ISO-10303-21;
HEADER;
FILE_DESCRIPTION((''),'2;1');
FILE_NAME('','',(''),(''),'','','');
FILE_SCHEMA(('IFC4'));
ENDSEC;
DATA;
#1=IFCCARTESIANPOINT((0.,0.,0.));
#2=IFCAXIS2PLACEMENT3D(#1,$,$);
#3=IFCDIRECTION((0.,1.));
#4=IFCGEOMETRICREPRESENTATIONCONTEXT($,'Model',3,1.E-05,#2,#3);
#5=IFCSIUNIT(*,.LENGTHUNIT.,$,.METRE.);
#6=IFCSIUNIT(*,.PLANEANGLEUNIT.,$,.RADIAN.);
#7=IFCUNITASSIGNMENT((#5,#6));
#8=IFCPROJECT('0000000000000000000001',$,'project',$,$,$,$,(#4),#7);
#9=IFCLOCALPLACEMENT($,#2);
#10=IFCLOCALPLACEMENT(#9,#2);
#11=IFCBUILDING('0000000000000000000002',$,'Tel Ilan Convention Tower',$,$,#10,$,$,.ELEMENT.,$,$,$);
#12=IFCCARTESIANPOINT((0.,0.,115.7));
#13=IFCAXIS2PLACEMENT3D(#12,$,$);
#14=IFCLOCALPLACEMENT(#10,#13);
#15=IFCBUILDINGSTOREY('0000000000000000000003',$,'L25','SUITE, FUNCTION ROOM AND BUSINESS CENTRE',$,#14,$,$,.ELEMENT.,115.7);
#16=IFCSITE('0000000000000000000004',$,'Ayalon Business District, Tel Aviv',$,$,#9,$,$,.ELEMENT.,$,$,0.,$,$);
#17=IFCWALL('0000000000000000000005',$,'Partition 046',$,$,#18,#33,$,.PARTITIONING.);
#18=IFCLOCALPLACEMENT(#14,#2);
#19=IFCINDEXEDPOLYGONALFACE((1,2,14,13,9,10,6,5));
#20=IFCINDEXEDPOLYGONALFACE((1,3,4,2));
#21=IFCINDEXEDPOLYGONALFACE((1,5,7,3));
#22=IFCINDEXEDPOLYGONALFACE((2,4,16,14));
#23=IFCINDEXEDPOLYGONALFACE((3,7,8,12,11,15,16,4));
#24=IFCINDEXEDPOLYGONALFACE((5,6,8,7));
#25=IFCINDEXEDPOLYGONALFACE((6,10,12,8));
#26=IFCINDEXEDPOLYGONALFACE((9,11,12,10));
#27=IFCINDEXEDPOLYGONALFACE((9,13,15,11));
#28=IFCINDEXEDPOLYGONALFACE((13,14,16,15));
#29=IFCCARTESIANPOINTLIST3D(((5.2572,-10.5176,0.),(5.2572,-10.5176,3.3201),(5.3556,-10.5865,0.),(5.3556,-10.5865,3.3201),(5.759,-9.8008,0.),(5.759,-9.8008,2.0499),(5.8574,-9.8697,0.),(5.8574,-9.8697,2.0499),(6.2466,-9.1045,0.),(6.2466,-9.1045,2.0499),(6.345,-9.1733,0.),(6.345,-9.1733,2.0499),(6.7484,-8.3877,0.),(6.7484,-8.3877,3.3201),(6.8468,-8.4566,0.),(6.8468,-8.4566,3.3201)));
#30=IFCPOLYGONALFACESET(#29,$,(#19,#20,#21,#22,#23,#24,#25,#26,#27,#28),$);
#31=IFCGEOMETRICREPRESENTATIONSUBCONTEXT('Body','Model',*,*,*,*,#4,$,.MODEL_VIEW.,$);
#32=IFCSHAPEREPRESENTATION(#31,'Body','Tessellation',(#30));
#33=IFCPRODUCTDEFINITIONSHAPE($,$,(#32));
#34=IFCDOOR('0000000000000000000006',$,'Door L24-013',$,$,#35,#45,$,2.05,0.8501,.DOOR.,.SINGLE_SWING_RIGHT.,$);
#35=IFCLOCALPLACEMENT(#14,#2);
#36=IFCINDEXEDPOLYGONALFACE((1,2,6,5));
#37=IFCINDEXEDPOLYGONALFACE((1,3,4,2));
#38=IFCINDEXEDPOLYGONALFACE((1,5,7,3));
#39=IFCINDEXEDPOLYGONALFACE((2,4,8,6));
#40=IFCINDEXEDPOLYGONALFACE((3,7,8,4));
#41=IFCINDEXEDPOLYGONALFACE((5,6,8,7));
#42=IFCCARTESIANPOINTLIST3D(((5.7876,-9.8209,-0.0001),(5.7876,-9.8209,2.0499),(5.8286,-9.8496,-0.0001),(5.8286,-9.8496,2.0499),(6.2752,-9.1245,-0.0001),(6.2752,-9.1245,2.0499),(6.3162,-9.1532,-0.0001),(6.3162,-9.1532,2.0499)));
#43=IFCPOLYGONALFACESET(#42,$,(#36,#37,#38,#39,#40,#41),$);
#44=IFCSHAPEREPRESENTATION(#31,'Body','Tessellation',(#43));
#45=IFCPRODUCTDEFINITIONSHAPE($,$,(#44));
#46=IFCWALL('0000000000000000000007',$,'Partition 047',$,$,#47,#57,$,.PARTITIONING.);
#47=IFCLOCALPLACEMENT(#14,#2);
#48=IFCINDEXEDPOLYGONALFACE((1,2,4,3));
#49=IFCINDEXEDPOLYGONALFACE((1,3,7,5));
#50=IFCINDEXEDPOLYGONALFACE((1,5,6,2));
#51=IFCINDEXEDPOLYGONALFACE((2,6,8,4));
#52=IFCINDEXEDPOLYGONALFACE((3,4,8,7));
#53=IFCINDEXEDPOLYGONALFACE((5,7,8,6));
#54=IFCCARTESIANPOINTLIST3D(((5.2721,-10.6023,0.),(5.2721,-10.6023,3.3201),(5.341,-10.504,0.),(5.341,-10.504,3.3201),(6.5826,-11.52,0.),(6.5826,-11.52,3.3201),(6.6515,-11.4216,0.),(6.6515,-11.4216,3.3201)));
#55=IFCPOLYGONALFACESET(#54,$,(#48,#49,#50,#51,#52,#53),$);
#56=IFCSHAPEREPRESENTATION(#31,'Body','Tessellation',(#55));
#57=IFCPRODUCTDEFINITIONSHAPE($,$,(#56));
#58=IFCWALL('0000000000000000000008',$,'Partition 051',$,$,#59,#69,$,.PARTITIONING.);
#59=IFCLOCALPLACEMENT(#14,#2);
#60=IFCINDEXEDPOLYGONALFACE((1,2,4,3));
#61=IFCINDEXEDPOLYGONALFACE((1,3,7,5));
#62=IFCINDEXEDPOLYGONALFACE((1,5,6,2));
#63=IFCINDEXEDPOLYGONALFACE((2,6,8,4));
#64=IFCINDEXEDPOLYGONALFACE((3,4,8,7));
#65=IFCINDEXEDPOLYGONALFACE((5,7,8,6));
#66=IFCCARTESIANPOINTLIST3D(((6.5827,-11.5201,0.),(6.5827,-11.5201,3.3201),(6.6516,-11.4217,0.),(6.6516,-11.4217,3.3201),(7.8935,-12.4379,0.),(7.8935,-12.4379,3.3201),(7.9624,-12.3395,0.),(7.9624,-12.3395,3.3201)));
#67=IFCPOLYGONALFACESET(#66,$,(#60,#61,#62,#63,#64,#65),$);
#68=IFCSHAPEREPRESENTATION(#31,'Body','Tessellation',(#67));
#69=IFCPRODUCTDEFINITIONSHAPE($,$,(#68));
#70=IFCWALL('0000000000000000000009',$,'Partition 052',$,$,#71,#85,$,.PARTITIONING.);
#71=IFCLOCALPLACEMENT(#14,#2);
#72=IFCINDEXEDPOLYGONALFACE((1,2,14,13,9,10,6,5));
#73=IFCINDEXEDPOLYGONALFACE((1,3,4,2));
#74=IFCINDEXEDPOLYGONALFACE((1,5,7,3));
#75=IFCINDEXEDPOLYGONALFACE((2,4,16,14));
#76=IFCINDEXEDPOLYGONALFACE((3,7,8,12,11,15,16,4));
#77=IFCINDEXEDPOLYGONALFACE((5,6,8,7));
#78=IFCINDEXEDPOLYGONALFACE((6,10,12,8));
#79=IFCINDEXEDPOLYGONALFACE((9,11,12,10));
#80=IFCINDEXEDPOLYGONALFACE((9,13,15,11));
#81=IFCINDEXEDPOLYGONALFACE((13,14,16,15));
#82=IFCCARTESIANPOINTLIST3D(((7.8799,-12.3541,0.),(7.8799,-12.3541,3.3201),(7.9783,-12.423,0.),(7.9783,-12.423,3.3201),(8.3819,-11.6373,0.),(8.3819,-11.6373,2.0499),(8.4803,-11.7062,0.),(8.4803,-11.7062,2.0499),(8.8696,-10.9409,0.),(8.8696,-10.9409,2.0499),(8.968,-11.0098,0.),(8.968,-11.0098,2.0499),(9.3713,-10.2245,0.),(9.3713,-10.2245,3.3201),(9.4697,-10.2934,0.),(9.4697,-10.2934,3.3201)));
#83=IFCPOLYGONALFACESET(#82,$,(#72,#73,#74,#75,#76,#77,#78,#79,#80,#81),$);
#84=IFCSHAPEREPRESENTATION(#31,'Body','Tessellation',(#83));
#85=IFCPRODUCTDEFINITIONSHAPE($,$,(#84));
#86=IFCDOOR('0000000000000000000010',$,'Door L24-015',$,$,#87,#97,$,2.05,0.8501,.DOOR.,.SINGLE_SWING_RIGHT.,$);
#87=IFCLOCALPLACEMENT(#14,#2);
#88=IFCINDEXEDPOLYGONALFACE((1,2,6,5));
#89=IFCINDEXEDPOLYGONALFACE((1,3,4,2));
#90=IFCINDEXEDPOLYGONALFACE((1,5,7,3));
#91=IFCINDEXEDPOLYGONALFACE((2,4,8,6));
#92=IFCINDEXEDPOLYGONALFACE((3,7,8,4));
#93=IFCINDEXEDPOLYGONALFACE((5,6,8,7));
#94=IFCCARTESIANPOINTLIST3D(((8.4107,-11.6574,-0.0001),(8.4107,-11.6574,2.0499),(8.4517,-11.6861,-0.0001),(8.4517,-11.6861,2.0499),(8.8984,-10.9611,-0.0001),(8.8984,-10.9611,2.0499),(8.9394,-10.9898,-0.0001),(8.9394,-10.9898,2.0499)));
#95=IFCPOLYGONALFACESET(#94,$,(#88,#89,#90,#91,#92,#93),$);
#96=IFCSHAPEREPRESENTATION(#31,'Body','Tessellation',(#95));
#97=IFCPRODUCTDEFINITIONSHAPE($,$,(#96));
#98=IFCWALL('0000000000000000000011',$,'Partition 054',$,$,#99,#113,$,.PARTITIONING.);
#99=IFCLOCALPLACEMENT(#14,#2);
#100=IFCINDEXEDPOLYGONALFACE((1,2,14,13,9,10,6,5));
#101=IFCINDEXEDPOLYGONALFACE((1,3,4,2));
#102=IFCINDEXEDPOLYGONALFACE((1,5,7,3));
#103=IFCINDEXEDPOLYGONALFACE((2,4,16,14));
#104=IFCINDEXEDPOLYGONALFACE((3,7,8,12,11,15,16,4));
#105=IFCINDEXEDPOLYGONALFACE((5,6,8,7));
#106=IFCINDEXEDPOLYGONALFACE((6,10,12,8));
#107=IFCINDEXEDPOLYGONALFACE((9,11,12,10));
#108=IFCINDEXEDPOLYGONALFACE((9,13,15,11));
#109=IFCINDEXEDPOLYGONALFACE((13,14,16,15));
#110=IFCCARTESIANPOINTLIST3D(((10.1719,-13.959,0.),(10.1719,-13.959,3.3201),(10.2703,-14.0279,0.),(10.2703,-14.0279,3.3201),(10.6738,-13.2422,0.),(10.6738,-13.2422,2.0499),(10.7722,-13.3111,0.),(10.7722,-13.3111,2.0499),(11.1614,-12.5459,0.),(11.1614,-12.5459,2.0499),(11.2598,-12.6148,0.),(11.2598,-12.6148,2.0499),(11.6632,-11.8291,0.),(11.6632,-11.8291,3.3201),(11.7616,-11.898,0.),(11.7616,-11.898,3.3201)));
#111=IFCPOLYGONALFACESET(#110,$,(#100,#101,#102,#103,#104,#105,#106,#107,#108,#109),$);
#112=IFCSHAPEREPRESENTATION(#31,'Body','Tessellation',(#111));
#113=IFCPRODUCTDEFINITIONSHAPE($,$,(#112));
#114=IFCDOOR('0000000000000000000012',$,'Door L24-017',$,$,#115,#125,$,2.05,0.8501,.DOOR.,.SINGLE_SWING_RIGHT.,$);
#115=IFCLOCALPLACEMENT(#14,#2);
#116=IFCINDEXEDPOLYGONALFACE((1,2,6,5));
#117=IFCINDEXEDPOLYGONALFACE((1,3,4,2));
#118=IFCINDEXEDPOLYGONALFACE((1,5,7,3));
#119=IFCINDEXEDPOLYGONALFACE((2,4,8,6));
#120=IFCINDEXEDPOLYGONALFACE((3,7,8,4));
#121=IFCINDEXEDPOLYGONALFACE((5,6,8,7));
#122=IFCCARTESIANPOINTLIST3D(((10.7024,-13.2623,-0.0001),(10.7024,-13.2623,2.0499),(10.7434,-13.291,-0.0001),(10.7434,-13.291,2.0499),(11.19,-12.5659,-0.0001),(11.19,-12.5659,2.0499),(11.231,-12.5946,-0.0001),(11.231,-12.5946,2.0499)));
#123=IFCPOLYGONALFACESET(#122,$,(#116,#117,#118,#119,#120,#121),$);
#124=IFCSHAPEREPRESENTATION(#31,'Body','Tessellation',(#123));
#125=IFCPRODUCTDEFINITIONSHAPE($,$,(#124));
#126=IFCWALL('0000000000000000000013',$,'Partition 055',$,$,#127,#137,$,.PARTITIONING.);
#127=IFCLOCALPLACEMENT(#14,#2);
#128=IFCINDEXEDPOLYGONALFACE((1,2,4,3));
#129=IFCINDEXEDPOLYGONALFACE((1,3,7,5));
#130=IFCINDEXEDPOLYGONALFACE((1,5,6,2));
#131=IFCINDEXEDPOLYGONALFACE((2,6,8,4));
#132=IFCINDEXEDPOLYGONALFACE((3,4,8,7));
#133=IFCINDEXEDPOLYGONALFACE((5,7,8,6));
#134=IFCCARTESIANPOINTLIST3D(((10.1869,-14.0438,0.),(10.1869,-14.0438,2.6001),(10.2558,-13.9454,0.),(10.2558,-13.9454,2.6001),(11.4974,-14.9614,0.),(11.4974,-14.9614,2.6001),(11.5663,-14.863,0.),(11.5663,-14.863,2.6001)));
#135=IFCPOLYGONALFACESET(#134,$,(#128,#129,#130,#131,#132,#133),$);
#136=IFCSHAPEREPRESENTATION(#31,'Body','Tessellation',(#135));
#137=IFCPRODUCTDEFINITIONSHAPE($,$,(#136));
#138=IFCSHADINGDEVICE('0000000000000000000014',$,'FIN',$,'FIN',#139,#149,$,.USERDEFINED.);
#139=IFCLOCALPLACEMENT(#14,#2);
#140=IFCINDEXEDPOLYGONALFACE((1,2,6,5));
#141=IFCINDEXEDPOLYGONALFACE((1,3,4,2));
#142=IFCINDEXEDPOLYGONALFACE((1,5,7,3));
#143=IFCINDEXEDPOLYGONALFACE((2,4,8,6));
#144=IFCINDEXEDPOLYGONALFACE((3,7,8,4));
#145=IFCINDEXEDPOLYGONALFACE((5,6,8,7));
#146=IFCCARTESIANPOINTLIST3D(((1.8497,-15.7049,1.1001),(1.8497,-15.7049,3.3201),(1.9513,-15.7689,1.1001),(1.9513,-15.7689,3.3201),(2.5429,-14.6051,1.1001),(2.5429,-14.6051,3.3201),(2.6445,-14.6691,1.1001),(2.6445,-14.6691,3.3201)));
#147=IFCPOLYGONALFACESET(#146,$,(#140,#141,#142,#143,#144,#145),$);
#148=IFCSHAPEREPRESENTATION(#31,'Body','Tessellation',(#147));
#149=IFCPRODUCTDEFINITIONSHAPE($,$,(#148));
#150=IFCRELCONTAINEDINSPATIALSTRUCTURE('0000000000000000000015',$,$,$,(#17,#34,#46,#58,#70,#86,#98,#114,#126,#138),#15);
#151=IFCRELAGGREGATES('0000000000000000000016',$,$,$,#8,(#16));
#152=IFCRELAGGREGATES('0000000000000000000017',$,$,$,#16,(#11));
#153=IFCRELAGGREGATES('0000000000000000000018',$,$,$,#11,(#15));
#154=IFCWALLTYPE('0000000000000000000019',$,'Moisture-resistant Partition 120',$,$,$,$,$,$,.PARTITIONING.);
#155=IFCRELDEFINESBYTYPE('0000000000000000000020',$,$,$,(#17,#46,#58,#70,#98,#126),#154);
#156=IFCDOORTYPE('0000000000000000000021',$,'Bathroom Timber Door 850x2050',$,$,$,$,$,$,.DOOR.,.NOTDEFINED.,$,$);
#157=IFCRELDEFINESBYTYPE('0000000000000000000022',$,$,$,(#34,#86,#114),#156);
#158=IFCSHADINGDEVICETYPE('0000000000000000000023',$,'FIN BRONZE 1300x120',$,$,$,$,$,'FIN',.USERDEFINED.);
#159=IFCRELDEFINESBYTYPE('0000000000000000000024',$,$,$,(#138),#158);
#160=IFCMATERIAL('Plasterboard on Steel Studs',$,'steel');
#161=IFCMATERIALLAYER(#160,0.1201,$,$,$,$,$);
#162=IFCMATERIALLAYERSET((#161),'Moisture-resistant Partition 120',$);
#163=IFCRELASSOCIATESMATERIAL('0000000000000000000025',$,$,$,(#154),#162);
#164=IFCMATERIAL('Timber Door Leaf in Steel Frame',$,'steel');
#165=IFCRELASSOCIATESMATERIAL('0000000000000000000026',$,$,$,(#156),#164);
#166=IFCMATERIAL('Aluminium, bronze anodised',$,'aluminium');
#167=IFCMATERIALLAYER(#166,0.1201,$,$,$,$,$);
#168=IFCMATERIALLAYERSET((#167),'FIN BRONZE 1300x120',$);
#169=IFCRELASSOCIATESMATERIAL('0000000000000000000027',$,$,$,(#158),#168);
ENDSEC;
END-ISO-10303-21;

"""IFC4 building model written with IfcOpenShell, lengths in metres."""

from ifc_helpers import new_model, si_unit, direction, frame, frame_2d, origin, origin_2d, place, context, subcontext, project, spatial, rectangle, extrude, material, layer, layer_set, type_object, element, fill, save


model = new_model("IFC4")

# Units and contexts
model_context = context("Model", 3, precision=1e-05, world=origin(), true_north=direction((0.0, 1.0)))
body_context = subcontext(model_context, "Body", "Model", "MODEL_VIEW")
ifc_project = project(units=[si_unit("LENGTHUNIT", "METRE"), si_unit("PLANEANGLEUNIT", "RADIAN")], contexts=[model_context])

# Site, building, storey
site_placement = place(None, origin())
site = spatial("IfcSite", under=ifc_project, at=site_placement, Name="Ayalon Business District, Tel Aviv", CompositionType="ELEMENT", RefElevation=0.0)
building_placement = place(site_placement, origin())
building = spatial("IfcBuilding", under=site, at=building_placement, Name="Tel Ilan Convention Tower", CompositionType="ELEMENT")
storey_placement = place(building_placement, frame((0.0, 0.0, 115.7)))
storey = spatial("IfcBuildingStorey", under=building, at=storey_placement, Name="L25", Description="SUITE, FUNCTION ROOM AND BUSINESS CENTRE", CompositionType="ELEMENT", Elevation=115.7)

# Wall, opening, door
ifc_material_1 = material(Name="Plasterboard on Steel Studs", Category="steel")
ifc_layer_1 = layer(ifc_material_1, 0.1201)
ifc_layer_set_1 = layer_set([ifc_layer_1], Name="Moisture-resistant Partition 120")
wall_type_1 = type_object("IfcWallType", Name="Moisture-resistant Partition 120", PredefinedType="PARTITIONING", material=ifc_layer_set_1)
wall_1_placement = place(storey_placement, frame((6.7976, -8.4221, 0.0), z_axis=(0.0, 0.0, 1.0), x_axis=(-0.573538, -0.819179, 0.0)))
wall_1 = element("IfcWall", 1, at=wall_1_placement, inside=storey, type_object=wall_type_1, Name="Partition 046", PredefinedType="PARTITIONING", context=body_context, shape_type="SweptSolid", body=[
    extrude(rectangle(XDim=2.6001, YDim=0.1201, at=frame_2d((1.3, 0.0))), origin(), (0.0, 0.0, 1.0), 3.3201),
])
opening_1_placement = place(wall_1_placement, frame((0.875, 0.0, 0.0)))
opening_1 = element("IfcOpeningElement", 2, at=opening_1_placement, cuts=wall_1, PredefinedType="OPENING", context=body_context, shape_type="SweptSolid", body=[
    extrude(rectangle(XDim=0.8501, YDim=2.05, at=frame_2d((0.425, 1.0249))), frame((0.0, 0.0701, 0.0), z_axis=(0.0, -1.0, 0.0), x_axis=(1.0, 0.0, 0.0)), (0.0, 0.0, 1.0), 0.1401),
])
ifc_material_2 = material(Name="Timber Door Leaf in Steel Frame", Category="steel")
door_type_1 = type_object("IfcDoorType", Name="Bathroom Timber Door 850x2050", OperationType="NOTDEFINED", PredefinedType="DOOR", material=ifc_material_2)
door_1_placement = place(opening_1_placement, origin())
door_1 = element("IfcDoor", 3, at=door_1_placement, inside=storey, type_object=door_type_1, Name="Door L24-013", OperationType="SINGLE_SWING_RIGHT", OverallHeight=2.05, OverallWidth=0.8501, PredefinedType="DOOR", context=body_context, shape_type="SweptSolid", body=[
    extrude(rectangle(XDim=0.8501, YDim=2.05, at=frame_2d((0.425, 1.0249))), frame((0.0, 0.0249, 0.0), z_axis=(0.0, -1.0, 0.0), x_axis=(1.0, 0.0, 0.0)), (0.0, 0.0, 1.0), 0.05),
])
fill(opening_1, door_1)

# Walls
wall_2_placement = place(storey_placement, frame((5.3066, -10.5532, 0.0), z_axis=(0.0, 0.0, 1.0), x_axis=(0.819132, -0.573606, 0.0)))
element("IfcWall", 4, at=wall_2_placement, inside=storey, type_object=wall_type_1, Name="Partition 047", PredefinedType="PARTITIONING", context=body_context, shape_type="SweptSolid", body=[
    extrude(rectangle(XDim=1.5999, YDim=0.1201, at=frame_2d((0.7998, 0.0))), origin(), (0.0, 0.0, 1.0), 3.3201),
])
wall_3_placement = place(storey_placement, frame((6.6172, -11.4709, 0.0), z_axis=(0.0, 0.0, 1.0), x_axis=(0.819182, -0.573534, 0.0)))
element("IfcWall", 5, at=wall_3_placement, inside=storey, type_object=wall_type_1, Name="Partition 051", PredefinedType="PARTITIONING", context=body_context, shape_type="SweptSolid", body=[
    extrude(rectangle(XDim=1.6001, YDim=0.1201, at=frame_2d((0.8, 0.0))), origin(), (0.0, 0.0, 1.0), 3.3201),
])

# Walls, openings, doors
wall_4_placement = place(storey_placement, frame((7.9292, -12.3884, 0.0), z_axis=(0.0, 0.0, 1.0), x_axis=(0.573645, 0.819104, 0.0)))
wall_4 = element("IfcWall", 6, at=wall_4_placement, inside=storey, type_object=wall_type_1, Name="Partition 052", PredefinedType="PARTITIONING", context=body_context, shape_type="SweptSolid", body=[
    extrude(rectangle(XDim=2.5999, YDim=0.1201, at=frame_2d((1.2998, 0.0))), origin(), (0.0, 0.0, 1.0), 3.3201),
])
opening_2_placement = place(wall_4_placement, frame((0.875, 0.0, 0.0)))
opening_2 = element("IfcOpeningElement", 7, at=opening_2_placement, cuts=wall_4, PredefinedType="OPENING", context=body_context, shape_type="SweptSolid", body=[
    extrude(rectangle(XDim=0.8501, YDim=2.05, at=frame_2d((0.425, 1.0249))), frame((0.0, 0.0701, 0.0), z_axis=(0.0, -1.0, 0.0), x_axis=(1.0, 0.0, 0.0)), (0.0, 0.0, 1.0), 0.1401),
])
door_2_placement = place(opening_2_placement, origin())
door_2 = element("IfcDoor", 8, at=door_2_placement, inside=storey, type_object=door_type_1, Name="Door L24-015", OperationType="SINGLE_SWING_RIGHT", OverallHeight=2.05, OverallWidth=0.8501, PredefinedType="DOOR", context=body_context, shape_type="SweptSolid", body=[
    extrude(rectangle(XDim=0.8501, YDim=2.05, at=frame_2d((0.425, 1.0249))), frame((0.0, 0.0249, 0.0), z_axis=(0.0, -1.0, 0.0), x_axis=(1.0, 0.0, 0.0)), (0.0, 0.0, 1.0), 0.05),
])
fill(opening_2, door_2)
wall_5_placement = place(storey_placement, frame((11.7124, -11.8635, 0.0), z_axis=(0.0, 0.0, 1.0), x_axis=(-0.573538, -0.819179, 0.0)))
wall_5 = element("IfcWall", 9, at=wall_5_placement, inside=storey, type_object=wall_type_1, Name="Partition 054", PredefinedType="PARTITIONING", context=body_context, shape_type="SweptSolid", body=[
    extrude(rectangle(XDim=2.6001, YDim=0.1201, at=frame_2d((1.3, 0.0))), origin(), (0.0, 0.0, 1.0), 3.3201),
])
opening_3_placement = place(wall_5_placement, frame((0.875, 0.0, 0.0)))
opening_3 = element("IfcOpeningElement", 10, at=opening_3_placement, cuts=wall_5, PredefinedType="OPENING", context=body_context, shape_type="SweptSolid", body=[
    extrude(rectangle(XDim=0.8501, YDim=2.05, at=frame_2d((0.425, 1.0249))), frame((0.0, 0.0701, 0.0), z_axis=(0.0, -1.0, 0.0), x_axis=(1.0, 0.0, 0.0)), (0.0, 0.0, 1.0), 0.1401),
])
door_3_placement = place(opening_3_placement, origin())
door_3 = element("IfcDoor", 11, at=door_3_placement, inside=storey, type_object=door_type_1, Name="Door L24-017", OperationType="SINGLE_SWING_RIGHT", OverallHeight=2.05, OverallWidth=0.8501, PredefinedType="DOOR", context=body_context, shape_type="SweptSolid", body=[
    extrude(rectangle(XDim=0.8501, YDim=2.05, at=frame_2d((0.425, 1.0249))), frame((0.0, 0.0249, 0.0), z_axis=(0.0, -1.0, 0.0), x_axis=(1.0, 0.0, 0.0)), (0.0, 0.0, 1.0), 0.05),
])
fill(opening_3, door_3)

# Wall
wall_6_placement = place(storey_placement, frame((10.2214, -13.9946, 0.0), z_axis=(0.0, 0.0, 1.0), x_axis=(0.819132, -0.573606, 0.0)))
element("IfcWall", 12, at=wall_6_placement, inside=storey, type_object=wall_type_1, Name="Partition 055", PredefinedType="PARTITIONING", context=body_context, shape_type="SweptSolid", body=[
    extrude(rectangle(XDim=1.5999, YDim=0.1201, at=frame_2d((0.7998, 0.0))), origin(), (0.0, 0.0, 1.0), 2.6001),
])

# Shading device
ifc_material_3 = material(Name="Aluminium, bronze anodised", Category="aluminium")
ifc_layer_2 = layer(ifc_material_3, 0.1201)
ifc_layer_set_2 = layer_set([ifc_layer_2], Name="FIN BRONZE 1300x120")
shading_device_type = type_object("IfcShadingDeviceType", Name="FIN BRONZE 1300x120", ElementType="FIN", PredefinedType="USERDEFINED", material=ifc_layer_set_2)
shading_device_placement = place(storey_placement, frame((2.2471, -15.187, 1.1001), z_axis=(0.0, 0.0, 1.0), x_axis=(-0.533204, -0.845986, 0.0)))
element("IfcShadingDevice", 13, at=shading_device_placement, inside=storey, type_object=shading_device_type, Name="FIN", ObjectType="FIN", PredefinedType="USERDEFINED", context=body_context, shape_type="SweptSolid", body=[
    extrude(rectangle(XDim=1.3, YDim=0.1201, at=origin_2d()), origin(), (0.0, 0.0, 1.0), 2.22),
])

save(model, "model.ifc")
